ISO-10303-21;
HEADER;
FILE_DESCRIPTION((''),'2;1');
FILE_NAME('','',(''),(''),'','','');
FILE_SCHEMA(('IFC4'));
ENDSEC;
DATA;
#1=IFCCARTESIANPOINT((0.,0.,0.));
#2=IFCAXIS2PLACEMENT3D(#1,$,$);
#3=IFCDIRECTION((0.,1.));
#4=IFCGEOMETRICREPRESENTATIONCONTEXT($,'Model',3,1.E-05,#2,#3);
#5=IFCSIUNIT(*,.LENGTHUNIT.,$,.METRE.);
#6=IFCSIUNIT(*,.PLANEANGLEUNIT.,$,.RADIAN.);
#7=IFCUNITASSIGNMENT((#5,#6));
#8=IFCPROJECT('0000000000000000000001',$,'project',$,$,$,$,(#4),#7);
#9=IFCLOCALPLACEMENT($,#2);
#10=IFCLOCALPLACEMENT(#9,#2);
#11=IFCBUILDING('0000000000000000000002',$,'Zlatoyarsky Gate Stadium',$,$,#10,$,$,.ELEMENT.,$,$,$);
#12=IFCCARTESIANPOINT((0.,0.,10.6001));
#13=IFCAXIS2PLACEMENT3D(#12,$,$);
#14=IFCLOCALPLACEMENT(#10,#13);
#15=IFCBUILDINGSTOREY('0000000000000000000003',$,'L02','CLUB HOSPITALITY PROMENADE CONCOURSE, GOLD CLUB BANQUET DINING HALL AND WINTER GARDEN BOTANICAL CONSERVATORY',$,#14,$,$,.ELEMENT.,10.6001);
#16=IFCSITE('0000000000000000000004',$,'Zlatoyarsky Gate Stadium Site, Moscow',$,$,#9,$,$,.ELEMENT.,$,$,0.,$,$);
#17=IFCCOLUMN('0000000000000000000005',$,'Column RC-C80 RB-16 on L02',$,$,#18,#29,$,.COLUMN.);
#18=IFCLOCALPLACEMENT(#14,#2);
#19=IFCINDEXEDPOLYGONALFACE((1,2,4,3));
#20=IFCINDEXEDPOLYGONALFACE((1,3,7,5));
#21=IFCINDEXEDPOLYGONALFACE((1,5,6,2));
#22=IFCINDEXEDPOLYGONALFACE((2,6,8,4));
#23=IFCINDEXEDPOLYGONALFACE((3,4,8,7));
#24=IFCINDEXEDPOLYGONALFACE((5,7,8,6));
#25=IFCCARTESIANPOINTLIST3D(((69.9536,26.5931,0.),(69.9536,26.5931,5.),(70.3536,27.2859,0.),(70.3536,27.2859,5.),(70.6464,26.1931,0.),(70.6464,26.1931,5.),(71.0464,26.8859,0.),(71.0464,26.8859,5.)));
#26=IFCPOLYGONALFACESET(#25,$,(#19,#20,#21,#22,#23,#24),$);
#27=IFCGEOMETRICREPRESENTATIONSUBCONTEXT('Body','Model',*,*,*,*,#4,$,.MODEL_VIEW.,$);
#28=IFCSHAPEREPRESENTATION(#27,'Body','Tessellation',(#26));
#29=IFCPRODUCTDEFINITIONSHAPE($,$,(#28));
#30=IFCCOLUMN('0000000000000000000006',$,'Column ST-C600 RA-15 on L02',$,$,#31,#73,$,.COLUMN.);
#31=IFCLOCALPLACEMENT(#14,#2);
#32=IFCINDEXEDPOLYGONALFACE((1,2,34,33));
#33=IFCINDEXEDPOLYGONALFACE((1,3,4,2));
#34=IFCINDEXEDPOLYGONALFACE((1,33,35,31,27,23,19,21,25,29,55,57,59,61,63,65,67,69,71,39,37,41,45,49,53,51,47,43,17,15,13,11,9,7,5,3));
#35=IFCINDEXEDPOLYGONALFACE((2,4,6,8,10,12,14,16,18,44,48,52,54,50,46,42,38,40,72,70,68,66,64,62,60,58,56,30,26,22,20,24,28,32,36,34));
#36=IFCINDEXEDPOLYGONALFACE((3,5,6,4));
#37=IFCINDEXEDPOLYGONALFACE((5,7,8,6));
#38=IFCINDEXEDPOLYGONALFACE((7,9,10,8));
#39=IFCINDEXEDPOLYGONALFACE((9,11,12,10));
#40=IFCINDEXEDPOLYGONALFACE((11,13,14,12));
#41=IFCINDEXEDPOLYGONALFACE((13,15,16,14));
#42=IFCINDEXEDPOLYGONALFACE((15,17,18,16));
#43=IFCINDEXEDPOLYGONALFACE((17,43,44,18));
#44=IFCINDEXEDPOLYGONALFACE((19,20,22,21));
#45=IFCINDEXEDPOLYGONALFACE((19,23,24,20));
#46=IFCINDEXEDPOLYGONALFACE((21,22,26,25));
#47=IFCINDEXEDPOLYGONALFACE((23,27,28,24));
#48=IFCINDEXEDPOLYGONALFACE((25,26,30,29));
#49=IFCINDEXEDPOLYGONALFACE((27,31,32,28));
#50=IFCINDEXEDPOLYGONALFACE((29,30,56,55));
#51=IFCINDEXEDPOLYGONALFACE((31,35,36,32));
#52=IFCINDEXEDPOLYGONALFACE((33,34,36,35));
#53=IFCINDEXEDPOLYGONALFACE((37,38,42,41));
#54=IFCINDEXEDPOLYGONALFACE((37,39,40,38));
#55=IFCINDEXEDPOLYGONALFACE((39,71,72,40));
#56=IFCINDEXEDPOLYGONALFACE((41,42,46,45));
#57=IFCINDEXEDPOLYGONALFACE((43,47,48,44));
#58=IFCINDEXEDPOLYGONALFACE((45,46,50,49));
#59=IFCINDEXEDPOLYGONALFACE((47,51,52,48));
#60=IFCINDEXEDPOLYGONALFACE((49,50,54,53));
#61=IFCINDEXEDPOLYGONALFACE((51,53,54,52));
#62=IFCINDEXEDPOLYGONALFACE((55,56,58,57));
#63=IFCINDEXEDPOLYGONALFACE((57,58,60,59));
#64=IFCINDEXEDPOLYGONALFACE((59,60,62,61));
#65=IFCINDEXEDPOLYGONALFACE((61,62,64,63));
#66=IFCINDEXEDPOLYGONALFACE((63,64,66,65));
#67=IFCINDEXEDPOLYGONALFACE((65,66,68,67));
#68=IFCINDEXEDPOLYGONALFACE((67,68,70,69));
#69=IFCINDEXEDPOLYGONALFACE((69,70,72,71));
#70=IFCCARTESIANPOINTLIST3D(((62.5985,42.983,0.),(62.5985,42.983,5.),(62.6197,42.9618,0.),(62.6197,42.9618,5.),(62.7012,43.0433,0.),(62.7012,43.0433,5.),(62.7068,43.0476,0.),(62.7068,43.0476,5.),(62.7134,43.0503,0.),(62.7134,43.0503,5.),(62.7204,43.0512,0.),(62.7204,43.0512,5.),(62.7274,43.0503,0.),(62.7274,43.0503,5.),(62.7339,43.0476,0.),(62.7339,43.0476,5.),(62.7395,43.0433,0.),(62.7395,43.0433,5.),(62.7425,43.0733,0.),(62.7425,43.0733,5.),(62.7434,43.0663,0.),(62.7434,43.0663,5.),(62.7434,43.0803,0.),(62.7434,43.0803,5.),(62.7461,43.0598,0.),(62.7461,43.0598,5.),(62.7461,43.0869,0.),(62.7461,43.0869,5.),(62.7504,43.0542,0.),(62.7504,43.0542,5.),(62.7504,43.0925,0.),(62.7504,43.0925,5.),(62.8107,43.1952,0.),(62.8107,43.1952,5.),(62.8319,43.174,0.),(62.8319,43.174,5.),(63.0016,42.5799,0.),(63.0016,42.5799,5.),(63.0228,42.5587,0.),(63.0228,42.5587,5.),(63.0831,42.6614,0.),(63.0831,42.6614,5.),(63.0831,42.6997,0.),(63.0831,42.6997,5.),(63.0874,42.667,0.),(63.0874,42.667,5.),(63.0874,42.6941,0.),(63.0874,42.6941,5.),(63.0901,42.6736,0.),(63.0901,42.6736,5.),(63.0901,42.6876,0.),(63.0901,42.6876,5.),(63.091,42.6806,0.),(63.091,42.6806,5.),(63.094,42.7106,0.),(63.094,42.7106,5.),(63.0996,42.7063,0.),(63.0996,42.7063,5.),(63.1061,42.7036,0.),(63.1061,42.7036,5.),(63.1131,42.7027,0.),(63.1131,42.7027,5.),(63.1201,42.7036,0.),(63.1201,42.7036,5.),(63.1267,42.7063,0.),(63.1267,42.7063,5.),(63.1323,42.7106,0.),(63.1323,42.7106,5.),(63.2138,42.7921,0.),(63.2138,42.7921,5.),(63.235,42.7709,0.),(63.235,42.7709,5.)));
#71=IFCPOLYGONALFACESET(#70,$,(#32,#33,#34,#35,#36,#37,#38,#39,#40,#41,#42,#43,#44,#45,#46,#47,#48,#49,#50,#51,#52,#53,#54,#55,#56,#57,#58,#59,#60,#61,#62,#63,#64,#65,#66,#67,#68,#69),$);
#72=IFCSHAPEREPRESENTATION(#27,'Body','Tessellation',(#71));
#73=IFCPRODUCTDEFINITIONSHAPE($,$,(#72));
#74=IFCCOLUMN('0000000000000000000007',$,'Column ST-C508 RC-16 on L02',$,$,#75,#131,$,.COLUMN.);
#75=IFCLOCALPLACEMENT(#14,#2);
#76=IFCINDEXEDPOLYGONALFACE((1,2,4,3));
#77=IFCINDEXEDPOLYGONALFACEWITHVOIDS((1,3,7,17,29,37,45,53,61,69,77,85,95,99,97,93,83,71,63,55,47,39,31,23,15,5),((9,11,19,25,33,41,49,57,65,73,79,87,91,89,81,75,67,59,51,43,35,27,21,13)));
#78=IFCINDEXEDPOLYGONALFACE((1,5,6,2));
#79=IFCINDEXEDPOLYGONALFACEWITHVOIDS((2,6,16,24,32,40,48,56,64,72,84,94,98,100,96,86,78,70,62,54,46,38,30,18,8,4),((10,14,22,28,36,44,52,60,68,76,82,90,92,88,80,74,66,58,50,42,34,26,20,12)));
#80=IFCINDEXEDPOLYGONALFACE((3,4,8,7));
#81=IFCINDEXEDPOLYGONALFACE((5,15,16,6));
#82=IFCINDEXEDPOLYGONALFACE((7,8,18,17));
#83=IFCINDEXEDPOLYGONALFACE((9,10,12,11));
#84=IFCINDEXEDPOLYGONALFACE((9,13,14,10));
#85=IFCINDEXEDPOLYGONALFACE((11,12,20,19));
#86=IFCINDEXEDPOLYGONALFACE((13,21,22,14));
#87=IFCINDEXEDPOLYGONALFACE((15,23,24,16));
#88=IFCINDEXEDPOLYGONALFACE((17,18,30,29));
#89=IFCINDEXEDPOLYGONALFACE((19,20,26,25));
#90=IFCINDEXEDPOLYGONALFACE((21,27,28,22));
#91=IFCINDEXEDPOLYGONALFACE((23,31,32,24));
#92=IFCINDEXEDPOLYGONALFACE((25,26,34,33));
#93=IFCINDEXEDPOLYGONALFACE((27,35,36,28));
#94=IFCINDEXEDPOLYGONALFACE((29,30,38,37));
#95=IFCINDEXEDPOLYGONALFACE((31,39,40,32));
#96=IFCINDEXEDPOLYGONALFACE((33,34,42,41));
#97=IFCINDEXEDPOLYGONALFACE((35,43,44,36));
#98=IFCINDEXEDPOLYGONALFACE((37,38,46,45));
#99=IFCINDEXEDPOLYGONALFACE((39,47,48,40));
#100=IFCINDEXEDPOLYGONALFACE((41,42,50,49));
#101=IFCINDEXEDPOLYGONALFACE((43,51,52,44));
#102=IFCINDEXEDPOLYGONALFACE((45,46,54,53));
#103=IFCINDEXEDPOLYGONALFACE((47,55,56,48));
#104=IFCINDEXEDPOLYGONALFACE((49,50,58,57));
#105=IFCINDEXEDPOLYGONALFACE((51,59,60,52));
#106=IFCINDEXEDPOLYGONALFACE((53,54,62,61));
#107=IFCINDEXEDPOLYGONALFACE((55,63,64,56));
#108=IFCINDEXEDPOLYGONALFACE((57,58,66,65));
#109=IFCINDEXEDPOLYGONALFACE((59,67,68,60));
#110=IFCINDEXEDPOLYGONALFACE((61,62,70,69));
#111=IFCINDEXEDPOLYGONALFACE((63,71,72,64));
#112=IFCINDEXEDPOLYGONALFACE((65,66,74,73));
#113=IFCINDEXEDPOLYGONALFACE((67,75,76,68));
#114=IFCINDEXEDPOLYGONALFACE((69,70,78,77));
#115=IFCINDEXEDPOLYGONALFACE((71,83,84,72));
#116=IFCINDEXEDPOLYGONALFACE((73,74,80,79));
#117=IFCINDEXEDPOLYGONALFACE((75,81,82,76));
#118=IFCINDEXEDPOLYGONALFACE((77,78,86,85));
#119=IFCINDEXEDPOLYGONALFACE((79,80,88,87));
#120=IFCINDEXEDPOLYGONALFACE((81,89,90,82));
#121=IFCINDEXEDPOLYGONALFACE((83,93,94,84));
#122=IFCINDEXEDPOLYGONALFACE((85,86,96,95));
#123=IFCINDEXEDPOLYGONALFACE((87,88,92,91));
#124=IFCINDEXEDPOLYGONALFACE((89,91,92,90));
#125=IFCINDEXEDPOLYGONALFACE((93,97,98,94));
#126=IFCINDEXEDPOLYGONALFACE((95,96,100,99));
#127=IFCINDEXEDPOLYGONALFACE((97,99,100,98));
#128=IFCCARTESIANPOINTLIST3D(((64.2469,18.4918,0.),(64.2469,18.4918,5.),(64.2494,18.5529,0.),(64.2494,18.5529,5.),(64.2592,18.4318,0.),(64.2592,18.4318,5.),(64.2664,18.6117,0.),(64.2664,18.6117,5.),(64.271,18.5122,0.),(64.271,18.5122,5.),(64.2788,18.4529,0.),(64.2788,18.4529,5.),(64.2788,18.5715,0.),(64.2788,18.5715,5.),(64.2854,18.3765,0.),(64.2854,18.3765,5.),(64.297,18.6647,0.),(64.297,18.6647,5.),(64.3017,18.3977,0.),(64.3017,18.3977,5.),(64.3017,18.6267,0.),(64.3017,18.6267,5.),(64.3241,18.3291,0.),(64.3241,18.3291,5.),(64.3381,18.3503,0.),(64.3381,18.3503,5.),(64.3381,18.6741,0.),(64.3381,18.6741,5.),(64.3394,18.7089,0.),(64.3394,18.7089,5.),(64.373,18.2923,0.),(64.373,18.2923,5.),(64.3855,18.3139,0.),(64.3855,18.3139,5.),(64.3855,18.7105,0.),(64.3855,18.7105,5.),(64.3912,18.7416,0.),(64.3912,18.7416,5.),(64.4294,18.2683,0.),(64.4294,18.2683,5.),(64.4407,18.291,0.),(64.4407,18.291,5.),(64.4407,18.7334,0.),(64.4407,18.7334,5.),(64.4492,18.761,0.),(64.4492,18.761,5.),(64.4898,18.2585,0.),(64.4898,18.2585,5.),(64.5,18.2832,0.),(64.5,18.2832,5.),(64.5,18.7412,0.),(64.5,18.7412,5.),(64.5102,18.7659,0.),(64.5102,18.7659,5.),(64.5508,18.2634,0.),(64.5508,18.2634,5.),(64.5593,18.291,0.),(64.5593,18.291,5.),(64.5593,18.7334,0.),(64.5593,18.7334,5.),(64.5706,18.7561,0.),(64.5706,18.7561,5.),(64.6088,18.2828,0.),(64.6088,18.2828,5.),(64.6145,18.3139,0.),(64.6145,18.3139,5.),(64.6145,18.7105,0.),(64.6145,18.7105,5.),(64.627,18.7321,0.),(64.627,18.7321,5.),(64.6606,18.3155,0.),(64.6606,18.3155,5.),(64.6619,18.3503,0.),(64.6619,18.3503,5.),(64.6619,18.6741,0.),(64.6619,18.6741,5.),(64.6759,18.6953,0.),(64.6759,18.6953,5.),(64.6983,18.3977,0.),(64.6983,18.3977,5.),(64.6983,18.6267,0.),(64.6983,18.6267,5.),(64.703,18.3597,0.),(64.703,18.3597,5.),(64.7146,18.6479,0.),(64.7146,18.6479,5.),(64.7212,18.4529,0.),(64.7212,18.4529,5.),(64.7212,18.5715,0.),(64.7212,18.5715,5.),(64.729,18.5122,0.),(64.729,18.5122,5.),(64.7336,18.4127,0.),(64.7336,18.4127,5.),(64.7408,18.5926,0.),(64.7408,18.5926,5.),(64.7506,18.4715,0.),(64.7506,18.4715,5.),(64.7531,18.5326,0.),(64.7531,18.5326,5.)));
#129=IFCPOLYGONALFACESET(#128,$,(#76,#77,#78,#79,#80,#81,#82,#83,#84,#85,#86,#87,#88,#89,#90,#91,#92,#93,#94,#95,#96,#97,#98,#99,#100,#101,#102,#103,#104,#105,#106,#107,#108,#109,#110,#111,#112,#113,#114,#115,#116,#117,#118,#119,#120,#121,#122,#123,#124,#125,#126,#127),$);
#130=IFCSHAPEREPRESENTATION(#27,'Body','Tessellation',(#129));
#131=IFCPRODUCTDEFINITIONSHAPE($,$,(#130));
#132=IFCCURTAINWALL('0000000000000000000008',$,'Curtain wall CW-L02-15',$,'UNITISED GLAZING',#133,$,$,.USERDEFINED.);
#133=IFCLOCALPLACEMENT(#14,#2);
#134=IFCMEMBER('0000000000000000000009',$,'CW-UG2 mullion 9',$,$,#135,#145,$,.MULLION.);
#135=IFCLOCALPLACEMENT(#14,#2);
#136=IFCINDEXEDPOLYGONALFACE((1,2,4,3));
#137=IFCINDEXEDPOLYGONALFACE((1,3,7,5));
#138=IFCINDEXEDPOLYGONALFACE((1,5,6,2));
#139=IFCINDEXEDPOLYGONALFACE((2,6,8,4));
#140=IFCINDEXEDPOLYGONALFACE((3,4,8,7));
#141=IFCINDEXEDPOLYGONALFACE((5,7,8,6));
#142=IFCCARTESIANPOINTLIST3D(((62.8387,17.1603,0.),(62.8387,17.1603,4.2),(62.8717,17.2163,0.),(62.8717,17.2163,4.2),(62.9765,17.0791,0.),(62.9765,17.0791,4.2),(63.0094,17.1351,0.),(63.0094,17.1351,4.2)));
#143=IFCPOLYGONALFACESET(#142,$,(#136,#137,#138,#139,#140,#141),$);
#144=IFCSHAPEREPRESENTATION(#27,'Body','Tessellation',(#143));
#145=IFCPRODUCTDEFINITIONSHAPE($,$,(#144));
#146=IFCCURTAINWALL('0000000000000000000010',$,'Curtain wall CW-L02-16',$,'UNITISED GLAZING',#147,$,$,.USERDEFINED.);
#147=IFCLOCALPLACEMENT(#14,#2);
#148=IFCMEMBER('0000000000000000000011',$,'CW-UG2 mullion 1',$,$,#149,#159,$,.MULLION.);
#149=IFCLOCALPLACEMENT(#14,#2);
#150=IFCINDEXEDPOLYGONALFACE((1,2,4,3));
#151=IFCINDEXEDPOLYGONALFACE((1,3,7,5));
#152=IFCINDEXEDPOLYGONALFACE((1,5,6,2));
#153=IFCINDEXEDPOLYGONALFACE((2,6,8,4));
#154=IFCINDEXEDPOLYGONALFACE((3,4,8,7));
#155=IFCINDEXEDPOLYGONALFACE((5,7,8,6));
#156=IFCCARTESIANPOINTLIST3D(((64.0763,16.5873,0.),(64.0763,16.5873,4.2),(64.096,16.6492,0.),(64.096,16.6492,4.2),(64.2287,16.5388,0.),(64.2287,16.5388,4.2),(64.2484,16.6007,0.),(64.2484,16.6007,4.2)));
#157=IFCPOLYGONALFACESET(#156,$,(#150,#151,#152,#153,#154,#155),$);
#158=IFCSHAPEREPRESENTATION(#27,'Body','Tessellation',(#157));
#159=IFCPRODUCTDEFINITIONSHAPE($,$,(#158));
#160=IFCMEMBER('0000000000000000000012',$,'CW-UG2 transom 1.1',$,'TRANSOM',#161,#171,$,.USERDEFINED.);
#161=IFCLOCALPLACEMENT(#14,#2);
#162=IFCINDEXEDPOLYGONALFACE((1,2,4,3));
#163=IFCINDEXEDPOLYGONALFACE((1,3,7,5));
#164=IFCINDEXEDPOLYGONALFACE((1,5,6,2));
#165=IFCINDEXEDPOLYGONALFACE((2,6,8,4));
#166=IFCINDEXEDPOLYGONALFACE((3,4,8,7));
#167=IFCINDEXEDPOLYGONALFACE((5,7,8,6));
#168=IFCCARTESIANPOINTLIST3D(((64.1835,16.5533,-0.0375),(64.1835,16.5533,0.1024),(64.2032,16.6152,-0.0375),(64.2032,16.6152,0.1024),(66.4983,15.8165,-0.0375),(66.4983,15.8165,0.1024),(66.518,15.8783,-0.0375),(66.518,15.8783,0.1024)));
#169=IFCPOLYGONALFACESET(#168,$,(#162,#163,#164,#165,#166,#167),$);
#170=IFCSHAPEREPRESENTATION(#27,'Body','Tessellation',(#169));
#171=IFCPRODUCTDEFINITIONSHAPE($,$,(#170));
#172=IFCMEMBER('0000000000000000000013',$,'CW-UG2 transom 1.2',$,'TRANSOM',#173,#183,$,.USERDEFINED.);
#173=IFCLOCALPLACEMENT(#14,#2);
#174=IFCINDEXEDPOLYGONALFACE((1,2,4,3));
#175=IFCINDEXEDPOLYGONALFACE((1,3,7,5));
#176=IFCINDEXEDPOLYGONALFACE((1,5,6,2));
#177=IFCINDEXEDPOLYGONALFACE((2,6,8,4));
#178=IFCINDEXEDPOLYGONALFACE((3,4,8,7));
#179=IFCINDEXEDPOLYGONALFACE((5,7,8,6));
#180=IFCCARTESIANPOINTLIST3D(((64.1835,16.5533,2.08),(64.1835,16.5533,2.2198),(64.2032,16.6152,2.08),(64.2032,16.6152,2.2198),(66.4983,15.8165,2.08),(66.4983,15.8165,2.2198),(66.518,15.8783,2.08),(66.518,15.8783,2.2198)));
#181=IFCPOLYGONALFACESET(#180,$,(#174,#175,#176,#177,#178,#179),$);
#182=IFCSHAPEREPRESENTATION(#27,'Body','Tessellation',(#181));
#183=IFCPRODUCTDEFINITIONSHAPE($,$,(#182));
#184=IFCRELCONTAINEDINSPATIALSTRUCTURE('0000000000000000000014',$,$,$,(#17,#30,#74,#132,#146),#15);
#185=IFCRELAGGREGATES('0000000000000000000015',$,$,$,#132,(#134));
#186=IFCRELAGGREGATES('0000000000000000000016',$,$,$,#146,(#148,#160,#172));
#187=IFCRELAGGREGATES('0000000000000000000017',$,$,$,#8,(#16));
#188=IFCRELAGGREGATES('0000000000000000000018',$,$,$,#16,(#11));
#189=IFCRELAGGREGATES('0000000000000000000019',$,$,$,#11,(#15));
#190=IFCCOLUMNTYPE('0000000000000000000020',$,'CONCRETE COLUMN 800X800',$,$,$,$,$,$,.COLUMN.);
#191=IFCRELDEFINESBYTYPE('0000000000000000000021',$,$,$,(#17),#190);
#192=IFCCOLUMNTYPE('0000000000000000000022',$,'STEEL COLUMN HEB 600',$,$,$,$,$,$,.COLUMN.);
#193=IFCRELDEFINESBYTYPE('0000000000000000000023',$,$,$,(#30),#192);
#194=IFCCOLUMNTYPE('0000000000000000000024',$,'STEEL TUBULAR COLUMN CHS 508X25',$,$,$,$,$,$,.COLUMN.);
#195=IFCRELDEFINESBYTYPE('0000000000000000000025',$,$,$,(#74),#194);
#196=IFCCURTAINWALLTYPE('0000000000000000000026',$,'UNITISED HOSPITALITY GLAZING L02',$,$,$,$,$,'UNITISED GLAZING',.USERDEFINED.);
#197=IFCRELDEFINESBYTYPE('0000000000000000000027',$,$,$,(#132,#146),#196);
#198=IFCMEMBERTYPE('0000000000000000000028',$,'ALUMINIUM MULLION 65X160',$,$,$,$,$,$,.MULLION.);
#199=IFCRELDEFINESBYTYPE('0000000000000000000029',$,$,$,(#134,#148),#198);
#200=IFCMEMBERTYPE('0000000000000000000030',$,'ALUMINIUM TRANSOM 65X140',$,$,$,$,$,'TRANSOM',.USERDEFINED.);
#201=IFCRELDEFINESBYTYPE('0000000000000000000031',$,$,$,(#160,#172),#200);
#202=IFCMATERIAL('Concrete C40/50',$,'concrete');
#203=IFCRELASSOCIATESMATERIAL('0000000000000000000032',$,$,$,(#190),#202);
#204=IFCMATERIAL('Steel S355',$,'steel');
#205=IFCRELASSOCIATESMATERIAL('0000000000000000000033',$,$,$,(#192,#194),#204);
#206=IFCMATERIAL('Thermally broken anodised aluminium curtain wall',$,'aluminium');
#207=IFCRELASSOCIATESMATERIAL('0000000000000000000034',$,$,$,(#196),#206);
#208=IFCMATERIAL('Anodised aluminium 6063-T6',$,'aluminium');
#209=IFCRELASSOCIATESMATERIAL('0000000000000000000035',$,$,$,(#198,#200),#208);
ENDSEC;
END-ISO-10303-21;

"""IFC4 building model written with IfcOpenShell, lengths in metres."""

from ifc_helpers import new_model, si_unit, direction, frame, origin, origin_2d, place, context, subcontext, project, spatial, rectangle, hollow_circle, i_section, extrude, material, material_profile, profile_set, type_object, element, aggregate, save


model = new_model("IFC4")

# Units and contexts
model_context = context("Model", 3, precision=1e-05, world=origin(), true_north=direction((0.0, 1.0)))
body_context = subcontext(model_context, "Body", "Model", "MODEL_VIEW")
ifc_project = project(units=[si_unit("LENGTHUNIT", "METRE"), si_unit("PLANEANGLEUNIT", "RADIAN")], contexts=[model_context])

# Site, building, storey
site_placement = place(None, origin())
site = spatial("IfcSite", under=ifc_project, at=site_placement, Name="Zlatoyarsky Gate Stadium Site, Moscow", CompositionType="ELEMENT", RefElevation=0.0)
building_placement = place(site_placement, origin())
building = spatial("IfcBuilding", under=site, at=building_placement, Name="Zlatoyarsky Gate Stadium", CompositionType="ELEMENT")
storey_placement = place(building_placement, frame((0.0, 0.0, 10.6001)))
storey = spatial("IfcBuildingStorey", under=building, at=storey_placement, Name="L02", Description="CLUB HOSPITALITY PROMENADE CONCOURSE, GOLD CLUB BANQUET DINING HALL AND WINTER GARDEN BOTANICAL CONSERVATORY", CompositionType="ELEMENT", Elevation=10.6001)

# Columns
ifc_material_1 = material(Name="Concrete C40/50", Category="concrete")
ifc_material_profile_1 = material_profile(ifc_material_1, rectangle(XDim=0.8, YDim=0.8, at=origin_2d()), Name="RC COL 800X800")
ifc_profile_set_1 = profile_set([ifc_material_profile_1], Name="Concrete C40/50")
column_type_1 = type_object("IfcColumnType", Name="CONCRETE COLUMN 800X800", PredefinedType="COLUMN", material=ifc_profile_set_1)
column_1_placement = place(storey_placement, frame((70.5, 26.7395, 0.0), z_axis=(0.0, 0.0, 1.0), x_axis=(-0.5, -0.866025, 0.0)))
element("IfcColumn", 1, at=column_1_placement, inside=storey, type_object=column_type_1, Name="Column RC-C80 RB-16 on L02", PredefinedType="COLUMN", context=body_context, shape_type="SweptSolid", body=[
    extrude(rectangle(XDim=0.8, YDim=0.8, at=origin_2d()), origin(), (0.0, 0.0, 1.0), 5.0),
])
ifc_material_2 = material(Name="Steel S355", Category="steel")
ifc_material_profile_2 = material_profile(ifc_material_2, i_section(OverallWidth=0.3, OverallDepth=0.6001, WebThickness=0.0154, FlangeThickness=0.03, FilletRadius=0.0271, at=origin_2d()), Name="HEB 600")
ifc_profile_set_2 = profile_set([ifc_material_profile_2], Name="Steel S355")
column_type_2 = type_object("IfcColumnType", Name="STEEL COLUMN HEB 600", PredefinedType="COLUMN", material=ifc_profile_set_2)
column_2_placement = place(storey_placement, frame((62.9167, 42.877, 0.0), z_axis=(0.0, 0.0, 1.0), x_axis=(-0.707107, -0.707107, 0.0)))
element("IfcColumn", 2, at=column_2_placement, inside=storey, type_object=column_type_2, Name="Column ST-C600 RA-15 on L02", PredefinedType="COLUMN", context=body_context, shape_type="SweptSolid", body=[
    extrude(i_section(OverallWidth=0.3, OverallDepth=0.6001, WebThickness=0.0154, FlangeThickness=0.03, FilletRadius=0.0271, at=origin_2d()), origin(), (0.0, 0.0, 1.0), 5.0),
])
ifc_material_profile_3 = material_profile(ifc_material_2, hollow_circle(Radius=0.2539, WallThickness=0.0249, at=origin_2d()), Name="CHS 508X25")
ifc_profile_set_3 = profile_set([ifc_material_profile_3], Name="Steel S355")
column_type_3 = type_object("IfcColumnType", Name="STEEL TUBULAR COLUMN CHS 508X25", PredefinedType="COLUMN", material=ifc_profile_set_3)
column_3_placement = place(storey_placement, frame((64.5, 18.5122, 0.0), z_axis=(0.0, 0.0, 1.0), x_axis=(-0.5, -0.866025, 0.0)))
element("IfcColumn", 3, at=column_3_placement, inside=storey, type_object=column_type_3, Name="Column ST-C508 RC-16 on L02", PredefinedType="COLUMN", context=body_context, shape_type="SweptSolid", body=[
    extrude(hollow_circle(Radius=0.2539, WallThickness=0.0249, at=origin_2d()), origin(), (0.0, 0.0, 1.0), 5.0),
])

# Curtain wall, member
ifc_material_3 = material(Name="Thermally broken anodised aluminium curtain wall", Category="aluminium")
curtain_wall_type = type_object("IfcCurtainWallType", Name="UNITISED HOSPITALITY GLAZING L02", ElementType="UNITISED GLAZING", PredefinedType="USERDEFINED", material=ifc_material_3)
curtain_wall_1_placement = place(storey_placement, origin())
curtain_wall_1 = element("IfcCurtainWall", 4, at=curtain_wall_1_placement, inside=storey, type_object=curtain_wall_type, Name="Curtain wall CW-L02-15", ObjectType="UNITISED GLAZING", PredefinedType="USERDEFINED")
ifc_material_4 = material(Name="Anodised aluminium 6063-T6", Category="aluminium")
ifc_material_profile_4 = material_profile(ifc_material_4, rectangle(XDim=0.0649, YDim=0.1599, at=origin_2d()), Name="ALU 65X160")
ifc_profile_set_4 = profile_set([ifc_material_profile_4], Name="Anodised aluminium 6063-T6")
member_type_1 = type_object("IfcMemberType", Name="ALUMINIUM MULLION 65X160", PredefinedType="MULLION", material=ifc_profile_set_4)
member_1_placement = place(storey_placement, frame((62.9241, 17.1477, 0.0), z_axis=(0.0, 0.0, 1.0), x_axis=(0.507884, 0.861425, 0.0)))
member_1 = element("IfcMember", 5, at=member_1_placement, type_object=member_type_1, Name="CW-UG2 mullion 9", PredefinedType="MULLION", context=body_context, shape_type="SweptSolid", body=[
    extrude(rectangle(XDim=0.0649, YDim=0.1599, at=origin_2d()), origin(), (0.0, 0.0, 1.0), 4.2),
])

# Curtain wall, members
curtain_wall_2_placement = place(storey_placement, origin())
curtain_wall_2 = element("IfcCurtainWall", 6, at=curtain_wall_2_placement, inside=storey, type_object=curtain_wall_type, Name="Curtain wall CW-L02-16", ObjectType="UNITISED GLAZING", PredefinedType="USERDEFINED")
member_2_placement = place(storey_placement, frame((64.1624, 16.594, 0.0), z_axis=(0.0, 0.0, 1.0), x_axis=(0.303278, 0.952902, 0.0)))
member_2 = element("IfcMember", 7, at=member_2_placement, type_object=member_type_1, Name="CW-UG2 mullion 1", PredefinedType="MULLION", context=body_context, shape_type="SweptSolid", body=[
    extrude(rectangle(XDim=0.0649, YDim=0.1599, at=origin_2d()), origin(), (0.0, 0.0, 1.0), 4.2),
])
ifc_material_profile_5 = material_profile(ifc_material_4, rectangle(XDim=0.0649, YDim=0.1399, at=origin_2d()), Name="ALU 65X140")
ifc_profile_set_5 = profile_set([ifc_material_profile_5], Name="Anodised aluminium 6063-T6")
member_type_2 = type_object("IfcMemberType", Name="ALUMINIUM TRANSOM 65X140", ElementType="TRANSOM", PredefinedType="USERDEFINED", material=ifc_profile_set_5)
member_3_placement = place(storey_placement, frame((64.1934, 16.5842, 0.0325), z_axis=(0.952887, -0.303324, 0.0), x_axis=(0.303324, 0.952887, 0.0)))
member_3 = element("IfcMember", 8, at=member_3_placement, type_object=member_type_2, Name="CW-UG2 transom 1.1", ObjectType="TRANSOM", PredefinedType="USERDEFINED", context=body_context, shape_type="SweptSolid", body=[
    extrude(rectangle(XDim=0.0649, YDim=0.1399, at=origin_2d()), origin(), (0.0, 0.0, 1.0), 2.4292),
])
member_4_placement = place(storey_placement, frame((64.1934, 16.5842, 2.1499), z_axis=(0.952887, -0.303324, 0.0), x_axis=(0.303324, 0.952887, 0.0)))
member_4 = element("IfcMember", 9, at=member_4_placement, type_object=member_type_2, Name="CW-UG2 transom 1.2", ObjectType="TRANSOM", PredefinedType="USERDEFINED", context=body_context, shape_type="SweptSolid", body=[
    extrude(rectangle(XDim=0.0649, YDim=0.1399, at=origin_2d()), origin(), (0.0, 0.0, 1.0), 2.4292),
])

aggregate(curtain_wall_1, [member_1])
aggregate(curtain_wall_2, [member_2, member_3, member_4])

save(model, "model.ifc")
